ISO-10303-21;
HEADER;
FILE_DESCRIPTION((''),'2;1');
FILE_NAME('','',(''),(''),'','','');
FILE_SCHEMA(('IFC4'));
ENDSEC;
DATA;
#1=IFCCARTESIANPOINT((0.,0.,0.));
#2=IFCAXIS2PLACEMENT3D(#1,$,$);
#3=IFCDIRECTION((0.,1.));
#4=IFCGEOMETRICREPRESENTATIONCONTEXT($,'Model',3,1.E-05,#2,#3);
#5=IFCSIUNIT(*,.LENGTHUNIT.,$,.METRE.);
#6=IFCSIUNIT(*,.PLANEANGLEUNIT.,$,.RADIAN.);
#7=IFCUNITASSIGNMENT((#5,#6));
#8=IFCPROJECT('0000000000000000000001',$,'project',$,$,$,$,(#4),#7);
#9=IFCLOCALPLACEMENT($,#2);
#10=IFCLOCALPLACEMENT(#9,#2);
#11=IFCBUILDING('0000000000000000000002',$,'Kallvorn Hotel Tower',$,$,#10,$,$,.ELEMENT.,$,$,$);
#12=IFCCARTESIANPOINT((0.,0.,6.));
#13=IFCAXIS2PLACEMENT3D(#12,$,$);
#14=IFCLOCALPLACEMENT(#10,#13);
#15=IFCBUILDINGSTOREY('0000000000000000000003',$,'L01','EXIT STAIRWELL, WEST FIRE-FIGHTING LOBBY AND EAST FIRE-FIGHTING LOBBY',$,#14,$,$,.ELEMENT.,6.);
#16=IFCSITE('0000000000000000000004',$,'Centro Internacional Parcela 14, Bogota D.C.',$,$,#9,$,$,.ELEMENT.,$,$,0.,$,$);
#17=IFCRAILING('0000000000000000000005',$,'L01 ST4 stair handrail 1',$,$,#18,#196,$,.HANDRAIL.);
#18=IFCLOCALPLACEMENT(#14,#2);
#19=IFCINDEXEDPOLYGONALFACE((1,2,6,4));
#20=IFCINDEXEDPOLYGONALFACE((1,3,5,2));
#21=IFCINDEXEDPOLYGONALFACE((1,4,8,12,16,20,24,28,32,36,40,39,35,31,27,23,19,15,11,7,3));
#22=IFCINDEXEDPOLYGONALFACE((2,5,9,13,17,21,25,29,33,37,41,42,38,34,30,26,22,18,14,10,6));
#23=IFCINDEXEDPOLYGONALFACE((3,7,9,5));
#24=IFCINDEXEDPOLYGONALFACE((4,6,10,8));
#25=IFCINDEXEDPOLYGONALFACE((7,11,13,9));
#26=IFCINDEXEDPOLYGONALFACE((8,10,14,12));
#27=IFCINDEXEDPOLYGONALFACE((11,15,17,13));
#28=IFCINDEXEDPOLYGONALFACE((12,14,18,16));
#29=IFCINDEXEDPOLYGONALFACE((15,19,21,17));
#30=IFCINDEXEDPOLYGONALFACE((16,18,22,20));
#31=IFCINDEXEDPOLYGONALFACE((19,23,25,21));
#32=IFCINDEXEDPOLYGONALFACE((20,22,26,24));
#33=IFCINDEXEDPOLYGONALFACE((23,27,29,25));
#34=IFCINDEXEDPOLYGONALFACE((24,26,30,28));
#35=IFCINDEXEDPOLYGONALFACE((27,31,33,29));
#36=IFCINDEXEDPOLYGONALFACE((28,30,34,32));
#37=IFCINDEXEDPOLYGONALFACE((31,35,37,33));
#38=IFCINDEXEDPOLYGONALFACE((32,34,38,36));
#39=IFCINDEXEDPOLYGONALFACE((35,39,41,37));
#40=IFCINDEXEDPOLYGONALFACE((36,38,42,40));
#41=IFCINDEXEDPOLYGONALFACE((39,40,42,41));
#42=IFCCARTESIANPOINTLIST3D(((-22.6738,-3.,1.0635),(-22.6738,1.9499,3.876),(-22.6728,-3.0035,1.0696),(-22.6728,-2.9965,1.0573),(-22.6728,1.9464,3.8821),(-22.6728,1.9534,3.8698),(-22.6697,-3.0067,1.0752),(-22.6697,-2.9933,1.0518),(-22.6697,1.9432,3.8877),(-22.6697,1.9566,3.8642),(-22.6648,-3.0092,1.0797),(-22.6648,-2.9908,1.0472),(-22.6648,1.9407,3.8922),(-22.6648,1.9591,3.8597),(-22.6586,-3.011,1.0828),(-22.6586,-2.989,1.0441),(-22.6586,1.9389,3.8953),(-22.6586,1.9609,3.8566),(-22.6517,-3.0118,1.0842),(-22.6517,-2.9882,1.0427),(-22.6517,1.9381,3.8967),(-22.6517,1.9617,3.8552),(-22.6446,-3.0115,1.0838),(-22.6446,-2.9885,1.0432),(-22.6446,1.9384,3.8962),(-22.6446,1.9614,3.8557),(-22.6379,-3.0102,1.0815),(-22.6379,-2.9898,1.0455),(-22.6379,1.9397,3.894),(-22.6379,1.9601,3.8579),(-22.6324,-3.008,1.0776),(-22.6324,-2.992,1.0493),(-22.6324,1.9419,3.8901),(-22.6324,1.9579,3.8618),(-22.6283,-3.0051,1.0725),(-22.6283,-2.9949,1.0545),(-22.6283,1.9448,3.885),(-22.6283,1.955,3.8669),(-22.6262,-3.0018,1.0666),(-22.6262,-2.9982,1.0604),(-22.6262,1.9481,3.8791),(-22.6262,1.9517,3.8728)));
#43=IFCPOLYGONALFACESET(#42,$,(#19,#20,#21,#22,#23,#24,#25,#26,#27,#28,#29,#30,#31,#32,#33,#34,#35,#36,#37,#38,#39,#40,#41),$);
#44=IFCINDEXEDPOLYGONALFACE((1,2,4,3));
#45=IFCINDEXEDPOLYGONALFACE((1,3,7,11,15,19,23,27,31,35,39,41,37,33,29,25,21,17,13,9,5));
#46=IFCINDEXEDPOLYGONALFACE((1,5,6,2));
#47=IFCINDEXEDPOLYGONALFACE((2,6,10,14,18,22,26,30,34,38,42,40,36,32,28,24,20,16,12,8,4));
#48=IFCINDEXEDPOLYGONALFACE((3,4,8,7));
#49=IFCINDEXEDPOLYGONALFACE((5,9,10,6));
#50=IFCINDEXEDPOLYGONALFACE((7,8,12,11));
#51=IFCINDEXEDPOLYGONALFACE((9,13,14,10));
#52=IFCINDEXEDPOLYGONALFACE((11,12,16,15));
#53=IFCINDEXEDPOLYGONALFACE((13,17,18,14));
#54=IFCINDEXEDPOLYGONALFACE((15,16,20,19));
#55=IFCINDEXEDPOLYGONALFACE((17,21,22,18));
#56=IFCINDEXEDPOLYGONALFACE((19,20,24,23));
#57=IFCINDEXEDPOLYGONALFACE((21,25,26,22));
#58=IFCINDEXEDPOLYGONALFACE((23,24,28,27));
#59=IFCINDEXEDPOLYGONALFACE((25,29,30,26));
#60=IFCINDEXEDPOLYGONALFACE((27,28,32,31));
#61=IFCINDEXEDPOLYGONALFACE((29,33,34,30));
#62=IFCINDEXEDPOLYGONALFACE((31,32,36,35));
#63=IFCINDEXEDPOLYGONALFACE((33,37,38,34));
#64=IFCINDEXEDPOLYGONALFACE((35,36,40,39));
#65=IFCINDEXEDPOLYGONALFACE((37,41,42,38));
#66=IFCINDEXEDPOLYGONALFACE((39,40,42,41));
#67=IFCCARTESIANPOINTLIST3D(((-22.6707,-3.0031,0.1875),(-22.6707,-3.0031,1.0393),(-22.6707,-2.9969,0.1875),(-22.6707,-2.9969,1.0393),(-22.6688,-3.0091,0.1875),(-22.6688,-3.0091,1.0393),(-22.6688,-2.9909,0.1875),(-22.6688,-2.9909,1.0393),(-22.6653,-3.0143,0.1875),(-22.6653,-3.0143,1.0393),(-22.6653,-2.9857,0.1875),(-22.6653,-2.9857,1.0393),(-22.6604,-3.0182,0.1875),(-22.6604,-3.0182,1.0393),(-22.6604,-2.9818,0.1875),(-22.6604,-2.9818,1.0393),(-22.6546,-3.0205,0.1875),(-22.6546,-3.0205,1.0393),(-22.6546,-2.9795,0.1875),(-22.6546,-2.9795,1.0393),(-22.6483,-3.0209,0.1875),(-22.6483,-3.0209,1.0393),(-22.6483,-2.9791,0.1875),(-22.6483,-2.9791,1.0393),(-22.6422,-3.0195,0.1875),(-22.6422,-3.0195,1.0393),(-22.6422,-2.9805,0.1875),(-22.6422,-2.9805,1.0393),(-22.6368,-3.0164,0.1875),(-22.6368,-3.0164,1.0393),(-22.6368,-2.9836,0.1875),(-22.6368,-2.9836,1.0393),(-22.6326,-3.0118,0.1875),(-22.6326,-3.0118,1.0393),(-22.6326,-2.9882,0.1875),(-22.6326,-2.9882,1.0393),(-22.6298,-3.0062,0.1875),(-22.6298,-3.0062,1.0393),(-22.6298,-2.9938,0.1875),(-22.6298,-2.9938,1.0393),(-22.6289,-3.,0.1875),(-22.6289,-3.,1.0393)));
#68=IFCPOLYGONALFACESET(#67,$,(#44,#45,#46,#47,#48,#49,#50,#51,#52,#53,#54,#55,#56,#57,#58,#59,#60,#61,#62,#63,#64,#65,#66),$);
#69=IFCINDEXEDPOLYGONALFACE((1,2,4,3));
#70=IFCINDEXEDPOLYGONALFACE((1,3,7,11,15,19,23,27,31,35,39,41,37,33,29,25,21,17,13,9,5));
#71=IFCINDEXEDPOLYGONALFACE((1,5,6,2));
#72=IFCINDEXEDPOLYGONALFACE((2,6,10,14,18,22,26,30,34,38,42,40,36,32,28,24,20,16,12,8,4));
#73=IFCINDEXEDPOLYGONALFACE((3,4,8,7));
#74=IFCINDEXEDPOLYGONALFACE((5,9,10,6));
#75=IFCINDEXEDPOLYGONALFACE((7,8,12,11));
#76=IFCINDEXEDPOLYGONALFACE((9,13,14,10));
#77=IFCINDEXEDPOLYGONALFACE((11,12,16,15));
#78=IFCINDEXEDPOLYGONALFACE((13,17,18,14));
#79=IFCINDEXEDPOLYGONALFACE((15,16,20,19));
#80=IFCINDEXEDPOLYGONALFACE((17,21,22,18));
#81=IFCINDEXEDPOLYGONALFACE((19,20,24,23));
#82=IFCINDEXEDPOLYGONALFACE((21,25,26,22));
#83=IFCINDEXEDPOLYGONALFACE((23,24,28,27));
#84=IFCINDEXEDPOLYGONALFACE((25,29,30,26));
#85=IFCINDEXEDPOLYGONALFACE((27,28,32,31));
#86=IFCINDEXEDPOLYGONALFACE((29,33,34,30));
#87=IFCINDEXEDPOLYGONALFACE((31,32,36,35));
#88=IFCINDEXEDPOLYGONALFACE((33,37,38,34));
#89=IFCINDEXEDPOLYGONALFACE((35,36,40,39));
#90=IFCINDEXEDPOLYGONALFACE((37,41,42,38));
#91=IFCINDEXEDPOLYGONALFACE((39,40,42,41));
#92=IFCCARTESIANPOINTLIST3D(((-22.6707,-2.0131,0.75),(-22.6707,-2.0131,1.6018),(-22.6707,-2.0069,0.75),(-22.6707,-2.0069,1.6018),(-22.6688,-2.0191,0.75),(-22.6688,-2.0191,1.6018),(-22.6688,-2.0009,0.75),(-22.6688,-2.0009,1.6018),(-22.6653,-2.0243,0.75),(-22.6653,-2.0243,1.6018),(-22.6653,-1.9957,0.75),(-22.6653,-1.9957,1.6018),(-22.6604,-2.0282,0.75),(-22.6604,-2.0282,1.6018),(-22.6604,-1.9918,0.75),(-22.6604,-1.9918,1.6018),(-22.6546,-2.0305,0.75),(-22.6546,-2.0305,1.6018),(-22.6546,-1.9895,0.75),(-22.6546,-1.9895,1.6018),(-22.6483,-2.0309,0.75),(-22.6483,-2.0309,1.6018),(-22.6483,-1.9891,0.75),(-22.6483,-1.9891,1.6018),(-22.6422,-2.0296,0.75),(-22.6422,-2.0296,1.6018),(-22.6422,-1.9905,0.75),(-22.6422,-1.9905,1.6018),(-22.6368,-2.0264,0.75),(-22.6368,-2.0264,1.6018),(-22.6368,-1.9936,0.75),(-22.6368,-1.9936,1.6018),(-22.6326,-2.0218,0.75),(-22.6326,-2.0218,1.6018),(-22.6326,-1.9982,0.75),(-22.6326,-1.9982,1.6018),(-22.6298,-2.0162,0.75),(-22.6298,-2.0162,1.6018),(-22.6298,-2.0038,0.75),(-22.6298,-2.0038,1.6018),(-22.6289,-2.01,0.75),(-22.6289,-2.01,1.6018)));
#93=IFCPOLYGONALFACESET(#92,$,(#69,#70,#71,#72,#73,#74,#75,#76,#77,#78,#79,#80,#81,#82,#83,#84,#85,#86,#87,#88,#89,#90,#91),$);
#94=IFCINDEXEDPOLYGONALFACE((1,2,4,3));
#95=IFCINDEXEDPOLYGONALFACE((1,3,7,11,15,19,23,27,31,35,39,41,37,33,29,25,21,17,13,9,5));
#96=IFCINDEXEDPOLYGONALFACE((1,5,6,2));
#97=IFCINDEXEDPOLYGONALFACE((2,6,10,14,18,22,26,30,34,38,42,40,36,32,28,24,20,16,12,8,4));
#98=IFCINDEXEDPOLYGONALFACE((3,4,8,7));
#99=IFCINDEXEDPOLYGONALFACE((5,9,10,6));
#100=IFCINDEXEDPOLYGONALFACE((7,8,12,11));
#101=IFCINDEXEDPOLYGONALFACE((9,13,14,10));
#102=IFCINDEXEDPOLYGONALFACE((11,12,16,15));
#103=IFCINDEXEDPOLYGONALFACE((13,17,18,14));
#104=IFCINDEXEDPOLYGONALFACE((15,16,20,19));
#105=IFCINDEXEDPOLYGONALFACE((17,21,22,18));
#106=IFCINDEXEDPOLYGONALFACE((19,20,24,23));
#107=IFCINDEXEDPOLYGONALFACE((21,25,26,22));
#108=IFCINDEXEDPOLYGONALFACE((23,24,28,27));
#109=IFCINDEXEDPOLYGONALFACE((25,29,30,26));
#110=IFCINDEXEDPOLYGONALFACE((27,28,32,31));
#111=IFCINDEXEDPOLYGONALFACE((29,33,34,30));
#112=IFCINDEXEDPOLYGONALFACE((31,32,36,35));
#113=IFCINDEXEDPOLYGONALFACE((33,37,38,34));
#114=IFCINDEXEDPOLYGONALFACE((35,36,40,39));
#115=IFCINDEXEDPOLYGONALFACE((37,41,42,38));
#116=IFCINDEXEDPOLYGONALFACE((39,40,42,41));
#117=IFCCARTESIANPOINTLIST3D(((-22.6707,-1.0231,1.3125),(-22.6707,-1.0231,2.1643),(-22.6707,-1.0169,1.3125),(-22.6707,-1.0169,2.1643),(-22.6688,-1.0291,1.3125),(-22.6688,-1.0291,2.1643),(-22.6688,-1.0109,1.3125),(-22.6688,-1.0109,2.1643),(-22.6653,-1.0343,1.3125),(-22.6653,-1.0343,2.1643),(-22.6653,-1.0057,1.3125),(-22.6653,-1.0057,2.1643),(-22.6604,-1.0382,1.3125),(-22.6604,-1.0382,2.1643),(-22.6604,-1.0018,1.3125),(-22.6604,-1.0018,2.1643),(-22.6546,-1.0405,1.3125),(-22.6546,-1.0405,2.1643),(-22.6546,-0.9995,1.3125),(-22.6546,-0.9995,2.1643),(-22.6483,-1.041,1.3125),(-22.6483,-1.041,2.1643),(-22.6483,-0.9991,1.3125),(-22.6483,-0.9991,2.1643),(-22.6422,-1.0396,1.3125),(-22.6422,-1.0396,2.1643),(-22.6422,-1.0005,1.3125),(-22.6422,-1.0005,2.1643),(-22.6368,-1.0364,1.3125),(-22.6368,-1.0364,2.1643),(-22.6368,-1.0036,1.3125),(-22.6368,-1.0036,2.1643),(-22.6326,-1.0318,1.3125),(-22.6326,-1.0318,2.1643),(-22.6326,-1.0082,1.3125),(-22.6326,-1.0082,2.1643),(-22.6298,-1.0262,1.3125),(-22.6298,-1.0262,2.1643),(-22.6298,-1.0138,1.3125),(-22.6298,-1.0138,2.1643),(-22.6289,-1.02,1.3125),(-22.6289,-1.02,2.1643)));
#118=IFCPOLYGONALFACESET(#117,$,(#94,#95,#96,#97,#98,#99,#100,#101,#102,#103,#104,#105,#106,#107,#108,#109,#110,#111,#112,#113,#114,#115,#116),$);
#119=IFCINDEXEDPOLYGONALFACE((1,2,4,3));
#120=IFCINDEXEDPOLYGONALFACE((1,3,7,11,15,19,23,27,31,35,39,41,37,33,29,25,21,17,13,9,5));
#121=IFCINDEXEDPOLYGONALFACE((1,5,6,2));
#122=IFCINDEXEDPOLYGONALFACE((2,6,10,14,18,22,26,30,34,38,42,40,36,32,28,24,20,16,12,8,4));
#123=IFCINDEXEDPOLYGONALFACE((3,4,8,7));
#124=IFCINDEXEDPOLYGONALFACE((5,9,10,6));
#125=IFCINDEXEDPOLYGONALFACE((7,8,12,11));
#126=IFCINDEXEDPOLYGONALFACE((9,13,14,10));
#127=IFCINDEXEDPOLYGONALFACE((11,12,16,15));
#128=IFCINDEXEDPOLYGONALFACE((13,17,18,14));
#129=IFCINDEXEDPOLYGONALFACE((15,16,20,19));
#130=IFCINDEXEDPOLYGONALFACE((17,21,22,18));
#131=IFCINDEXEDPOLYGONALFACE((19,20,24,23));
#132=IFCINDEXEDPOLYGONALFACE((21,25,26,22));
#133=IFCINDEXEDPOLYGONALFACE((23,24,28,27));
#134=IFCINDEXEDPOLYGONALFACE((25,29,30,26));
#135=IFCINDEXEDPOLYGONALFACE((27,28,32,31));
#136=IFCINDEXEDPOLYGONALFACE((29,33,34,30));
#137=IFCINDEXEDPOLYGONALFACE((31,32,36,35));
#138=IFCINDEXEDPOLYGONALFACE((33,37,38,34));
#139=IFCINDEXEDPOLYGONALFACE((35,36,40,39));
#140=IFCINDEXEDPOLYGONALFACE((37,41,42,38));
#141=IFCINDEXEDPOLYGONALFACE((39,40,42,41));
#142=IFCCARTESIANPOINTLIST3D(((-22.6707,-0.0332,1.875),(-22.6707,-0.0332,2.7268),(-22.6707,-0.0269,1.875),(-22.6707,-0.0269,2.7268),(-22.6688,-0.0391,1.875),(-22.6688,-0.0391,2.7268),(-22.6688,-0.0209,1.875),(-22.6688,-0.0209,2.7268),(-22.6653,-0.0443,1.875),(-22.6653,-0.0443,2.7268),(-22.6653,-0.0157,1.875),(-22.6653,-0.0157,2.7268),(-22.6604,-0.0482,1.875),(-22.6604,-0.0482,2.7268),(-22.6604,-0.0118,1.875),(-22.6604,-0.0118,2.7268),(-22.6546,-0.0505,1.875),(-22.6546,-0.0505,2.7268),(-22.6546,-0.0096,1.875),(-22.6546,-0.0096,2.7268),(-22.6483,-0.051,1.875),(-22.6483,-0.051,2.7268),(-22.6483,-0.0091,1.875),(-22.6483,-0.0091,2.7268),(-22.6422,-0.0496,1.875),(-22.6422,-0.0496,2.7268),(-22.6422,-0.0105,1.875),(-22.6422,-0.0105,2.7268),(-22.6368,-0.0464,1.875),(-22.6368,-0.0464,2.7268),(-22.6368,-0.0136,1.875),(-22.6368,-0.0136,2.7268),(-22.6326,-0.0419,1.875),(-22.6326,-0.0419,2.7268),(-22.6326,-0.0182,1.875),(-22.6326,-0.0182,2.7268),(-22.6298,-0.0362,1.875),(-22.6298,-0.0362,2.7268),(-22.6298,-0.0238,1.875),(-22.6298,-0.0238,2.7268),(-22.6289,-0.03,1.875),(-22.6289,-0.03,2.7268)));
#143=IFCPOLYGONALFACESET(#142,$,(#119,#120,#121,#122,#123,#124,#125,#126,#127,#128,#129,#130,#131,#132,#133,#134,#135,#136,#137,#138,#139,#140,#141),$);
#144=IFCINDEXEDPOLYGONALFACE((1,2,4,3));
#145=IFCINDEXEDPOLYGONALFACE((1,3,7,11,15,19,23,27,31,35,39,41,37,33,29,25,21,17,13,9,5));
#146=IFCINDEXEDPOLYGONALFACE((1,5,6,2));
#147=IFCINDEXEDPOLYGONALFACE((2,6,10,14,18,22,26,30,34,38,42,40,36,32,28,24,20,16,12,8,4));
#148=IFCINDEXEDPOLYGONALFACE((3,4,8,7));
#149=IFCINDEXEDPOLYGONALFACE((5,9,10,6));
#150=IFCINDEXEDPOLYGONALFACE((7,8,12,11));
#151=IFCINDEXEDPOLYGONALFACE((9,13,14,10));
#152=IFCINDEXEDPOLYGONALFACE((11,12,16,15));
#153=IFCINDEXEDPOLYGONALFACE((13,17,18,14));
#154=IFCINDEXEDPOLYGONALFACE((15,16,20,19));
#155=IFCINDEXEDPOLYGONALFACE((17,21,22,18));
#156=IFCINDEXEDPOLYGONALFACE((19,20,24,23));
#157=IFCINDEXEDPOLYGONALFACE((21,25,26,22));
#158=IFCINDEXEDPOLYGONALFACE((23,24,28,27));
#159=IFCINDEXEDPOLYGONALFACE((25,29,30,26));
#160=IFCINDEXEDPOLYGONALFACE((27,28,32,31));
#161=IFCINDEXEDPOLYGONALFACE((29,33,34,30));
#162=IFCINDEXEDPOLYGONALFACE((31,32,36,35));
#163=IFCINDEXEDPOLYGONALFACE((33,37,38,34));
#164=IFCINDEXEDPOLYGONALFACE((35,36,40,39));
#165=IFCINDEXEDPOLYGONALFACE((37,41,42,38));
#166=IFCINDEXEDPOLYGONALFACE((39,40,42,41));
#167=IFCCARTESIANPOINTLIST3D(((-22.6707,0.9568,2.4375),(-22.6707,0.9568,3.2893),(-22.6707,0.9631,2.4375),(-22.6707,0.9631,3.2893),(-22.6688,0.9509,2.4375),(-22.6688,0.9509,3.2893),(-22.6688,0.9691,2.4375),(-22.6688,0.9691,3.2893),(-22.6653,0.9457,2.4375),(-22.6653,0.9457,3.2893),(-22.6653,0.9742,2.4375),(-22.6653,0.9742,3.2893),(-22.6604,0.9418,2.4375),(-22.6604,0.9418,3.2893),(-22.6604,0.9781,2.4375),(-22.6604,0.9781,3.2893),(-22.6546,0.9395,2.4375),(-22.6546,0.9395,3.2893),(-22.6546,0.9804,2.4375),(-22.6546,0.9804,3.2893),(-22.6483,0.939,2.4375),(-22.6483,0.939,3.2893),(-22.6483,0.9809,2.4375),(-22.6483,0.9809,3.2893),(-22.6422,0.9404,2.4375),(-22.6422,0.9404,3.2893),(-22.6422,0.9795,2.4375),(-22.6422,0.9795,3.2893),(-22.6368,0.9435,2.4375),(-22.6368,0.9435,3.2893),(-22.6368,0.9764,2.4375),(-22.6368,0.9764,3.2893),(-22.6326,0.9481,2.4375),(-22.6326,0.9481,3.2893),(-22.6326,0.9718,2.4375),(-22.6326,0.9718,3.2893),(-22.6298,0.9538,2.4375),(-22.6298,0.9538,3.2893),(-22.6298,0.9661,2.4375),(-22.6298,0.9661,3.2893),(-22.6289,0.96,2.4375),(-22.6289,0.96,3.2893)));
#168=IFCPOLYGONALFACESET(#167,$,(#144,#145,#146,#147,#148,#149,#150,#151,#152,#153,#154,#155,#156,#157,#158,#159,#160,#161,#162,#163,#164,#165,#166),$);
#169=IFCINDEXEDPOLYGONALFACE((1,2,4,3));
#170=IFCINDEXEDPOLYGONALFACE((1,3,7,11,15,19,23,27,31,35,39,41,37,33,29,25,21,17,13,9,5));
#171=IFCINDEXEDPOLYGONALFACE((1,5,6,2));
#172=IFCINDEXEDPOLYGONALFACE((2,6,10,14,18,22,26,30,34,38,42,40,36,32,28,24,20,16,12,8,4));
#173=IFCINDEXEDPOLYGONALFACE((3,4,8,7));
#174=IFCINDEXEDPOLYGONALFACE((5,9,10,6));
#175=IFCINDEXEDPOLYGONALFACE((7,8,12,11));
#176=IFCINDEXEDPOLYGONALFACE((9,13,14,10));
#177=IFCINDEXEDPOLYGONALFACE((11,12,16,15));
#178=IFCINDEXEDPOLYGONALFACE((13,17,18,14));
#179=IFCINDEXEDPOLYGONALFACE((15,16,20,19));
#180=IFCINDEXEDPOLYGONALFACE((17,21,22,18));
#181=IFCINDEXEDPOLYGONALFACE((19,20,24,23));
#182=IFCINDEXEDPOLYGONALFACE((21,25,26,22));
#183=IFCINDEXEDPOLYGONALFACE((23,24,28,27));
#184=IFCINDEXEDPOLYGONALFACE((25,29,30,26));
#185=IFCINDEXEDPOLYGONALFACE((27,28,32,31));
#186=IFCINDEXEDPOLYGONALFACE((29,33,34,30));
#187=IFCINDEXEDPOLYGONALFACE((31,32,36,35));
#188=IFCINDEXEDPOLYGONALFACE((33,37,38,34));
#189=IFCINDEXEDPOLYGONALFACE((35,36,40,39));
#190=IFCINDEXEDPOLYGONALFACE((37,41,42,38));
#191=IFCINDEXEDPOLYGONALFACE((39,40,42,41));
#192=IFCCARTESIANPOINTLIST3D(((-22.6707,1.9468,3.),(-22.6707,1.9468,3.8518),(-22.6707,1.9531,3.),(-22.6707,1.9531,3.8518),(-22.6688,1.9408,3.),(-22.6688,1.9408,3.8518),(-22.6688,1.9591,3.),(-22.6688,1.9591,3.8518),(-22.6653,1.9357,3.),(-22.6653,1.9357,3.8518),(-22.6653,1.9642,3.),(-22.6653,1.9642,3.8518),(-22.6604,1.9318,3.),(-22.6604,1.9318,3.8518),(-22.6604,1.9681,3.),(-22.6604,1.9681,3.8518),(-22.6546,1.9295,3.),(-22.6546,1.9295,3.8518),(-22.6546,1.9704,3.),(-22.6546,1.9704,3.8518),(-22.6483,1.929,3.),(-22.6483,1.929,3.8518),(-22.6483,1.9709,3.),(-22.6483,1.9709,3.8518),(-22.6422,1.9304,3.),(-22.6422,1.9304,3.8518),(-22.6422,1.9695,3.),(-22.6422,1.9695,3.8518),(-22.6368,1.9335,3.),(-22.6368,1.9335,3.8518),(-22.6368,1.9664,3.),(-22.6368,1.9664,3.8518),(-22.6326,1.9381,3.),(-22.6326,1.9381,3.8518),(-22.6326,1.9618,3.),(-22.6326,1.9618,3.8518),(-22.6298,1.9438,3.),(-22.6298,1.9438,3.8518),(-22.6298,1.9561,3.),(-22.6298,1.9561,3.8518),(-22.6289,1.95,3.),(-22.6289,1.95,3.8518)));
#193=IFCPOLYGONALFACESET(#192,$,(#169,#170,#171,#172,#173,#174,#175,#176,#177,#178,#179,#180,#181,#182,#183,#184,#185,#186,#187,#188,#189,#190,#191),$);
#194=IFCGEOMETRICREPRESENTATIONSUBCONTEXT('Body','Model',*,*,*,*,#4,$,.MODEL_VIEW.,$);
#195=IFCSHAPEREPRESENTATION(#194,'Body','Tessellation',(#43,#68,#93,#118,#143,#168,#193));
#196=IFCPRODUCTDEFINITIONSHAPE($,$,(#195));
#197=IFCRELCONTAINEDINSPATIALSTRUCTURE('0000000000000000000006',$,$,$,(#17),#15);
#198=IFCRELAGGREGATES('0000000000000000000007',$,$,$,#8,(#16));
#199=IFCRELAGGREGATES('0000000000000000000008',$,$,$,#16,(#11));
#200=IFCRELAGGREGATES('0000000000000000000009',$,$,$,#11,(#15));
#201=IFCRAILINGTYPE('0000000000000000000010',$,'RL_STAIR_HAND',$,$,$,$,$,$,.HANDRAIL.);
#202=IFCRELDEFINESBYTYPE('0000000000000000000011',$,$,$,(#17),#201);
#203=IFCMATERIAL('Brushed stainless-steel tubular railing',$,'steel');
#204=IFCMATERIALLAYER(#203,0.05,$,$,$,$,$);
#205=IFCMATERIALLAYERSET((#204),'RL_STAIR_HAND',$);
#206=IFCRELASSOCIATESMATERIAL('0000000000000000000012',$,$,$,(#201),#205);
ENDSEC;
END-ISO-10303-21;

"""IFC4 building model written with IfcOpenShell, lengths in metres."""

from ifc_helpers import new_model, si_unit, direction, frame, origin, origin_2d, place, context, subcontext, project, spatial, circle, extrude, material, layer, layer_set, type_object, element, save


model = new_model("IFC4")

# Units and contexts
model_context = context("Model", 3, precision=1e-05, world=origin(), true_north=direction((0.0, 1.0)))
body_context = subcontext(model_context, "Body", "Model", "MODEL_VIEW")
ifc_project = project(units=[si_unit("LENGTHUNIT", "METRE"), si_unit("PLANEANGLEUNIT", "RADIAN")], contexts=[model_context])

# Site, building, storey
site_placement = place(None, origin())
site = spatial("IfcSite", under=ifc_project, at=site_placement, Name="Centro Internacional Parcela 14, Bogota D.C.", CompositionType="ELEMENT", RefElevation=0.0)
building_placement = place(site_placement, origin())
building = spatial("IfcBuilding", under=site, at=building_placement, Name="Kallvorn Hotel Tower", CompositionType="ELEMENT")
storey_placement = place(building_placement, frame((0.0, 0.0, 6.0)))
storey = spatial("IfcBuildingStorey", under=building, at=storey_placement, Name="L01", Description="EXIT STAIRWELL, WEST FIRE-FIGHTING LOBBY AND EAST FIRE-FIGHTING LOBBY", CompositionType="ELEMENT", Elevation=6.0)

# Railing
ifc_material_1 = material(Name="Brushed stainless-steel tubular railing", Category="steel")
ifc_layer_1 = layer(ifc_material_1, 0.05)
ifc_layer_set_1 = layer_set([ifc_layer_1], Name="RL_STAIR_HAND")
railing_type_1 = type_object("IfcRailingType", Name="RL_STAIR_HAND", PredefinedType="HANDRAIL", material=ifc_layer_set_1)
railing_1_placement = place(storey_placement, frame((-22.6499, -3.0, 0.1875)))
element("IfcRailing", 1, at=railing_1_placement, inside=storey, type_object=railing_type_1, Name="L01 ST4 stair handrail 1", PredefinedType="HANDRAIL", context=body_context, shape_type="SweptSolid", body=[
    extrude(circle(Radius=0.0239, at=origin_2d()), frame((0.0, 0.0, 0.876), z_axis=(0.0, 0.869454, 0.494013), x_axis=(-1.0, 0.0, 0.0)), (0.0, 0.0, 1.0), 5.6931),
    extrude(circle(Radius=0.021, at=origin_2d()), origin(), (0.0, 0.0, 1.0), 0.8518),
    extrude(circle(Radius=0.021, at=origin_2d()), frame((0.0, 0.99, 0.5625)), (0.0, 0.0, 1.0), 0.8518),
    extrude(circle(Radius=0.021, at=origin_2d()), frame((0.0, 1.98, 1.125)), (0.0, 0.0, 1.0), 0.8518),
    extrude(circle(Radius=0.021, at=origin_2d()), frame((0.0, 2.97, 1.6875)), (0.0, 0.0, 1.0), 0.8518),
    extrude(circle(Radius=0.021, at=origin_2d()), frame((0.0, 3.96, 2.25)), (0.0, 0.0, 1.0), 0.8518),
    extrude(circle(Radius=0.021, at=origin_2d()), frame((0.0, 4.95, 2.8125)), (0.0, 0.0, 1.0), 0.8518),
])

save(model, "model.ifc")
